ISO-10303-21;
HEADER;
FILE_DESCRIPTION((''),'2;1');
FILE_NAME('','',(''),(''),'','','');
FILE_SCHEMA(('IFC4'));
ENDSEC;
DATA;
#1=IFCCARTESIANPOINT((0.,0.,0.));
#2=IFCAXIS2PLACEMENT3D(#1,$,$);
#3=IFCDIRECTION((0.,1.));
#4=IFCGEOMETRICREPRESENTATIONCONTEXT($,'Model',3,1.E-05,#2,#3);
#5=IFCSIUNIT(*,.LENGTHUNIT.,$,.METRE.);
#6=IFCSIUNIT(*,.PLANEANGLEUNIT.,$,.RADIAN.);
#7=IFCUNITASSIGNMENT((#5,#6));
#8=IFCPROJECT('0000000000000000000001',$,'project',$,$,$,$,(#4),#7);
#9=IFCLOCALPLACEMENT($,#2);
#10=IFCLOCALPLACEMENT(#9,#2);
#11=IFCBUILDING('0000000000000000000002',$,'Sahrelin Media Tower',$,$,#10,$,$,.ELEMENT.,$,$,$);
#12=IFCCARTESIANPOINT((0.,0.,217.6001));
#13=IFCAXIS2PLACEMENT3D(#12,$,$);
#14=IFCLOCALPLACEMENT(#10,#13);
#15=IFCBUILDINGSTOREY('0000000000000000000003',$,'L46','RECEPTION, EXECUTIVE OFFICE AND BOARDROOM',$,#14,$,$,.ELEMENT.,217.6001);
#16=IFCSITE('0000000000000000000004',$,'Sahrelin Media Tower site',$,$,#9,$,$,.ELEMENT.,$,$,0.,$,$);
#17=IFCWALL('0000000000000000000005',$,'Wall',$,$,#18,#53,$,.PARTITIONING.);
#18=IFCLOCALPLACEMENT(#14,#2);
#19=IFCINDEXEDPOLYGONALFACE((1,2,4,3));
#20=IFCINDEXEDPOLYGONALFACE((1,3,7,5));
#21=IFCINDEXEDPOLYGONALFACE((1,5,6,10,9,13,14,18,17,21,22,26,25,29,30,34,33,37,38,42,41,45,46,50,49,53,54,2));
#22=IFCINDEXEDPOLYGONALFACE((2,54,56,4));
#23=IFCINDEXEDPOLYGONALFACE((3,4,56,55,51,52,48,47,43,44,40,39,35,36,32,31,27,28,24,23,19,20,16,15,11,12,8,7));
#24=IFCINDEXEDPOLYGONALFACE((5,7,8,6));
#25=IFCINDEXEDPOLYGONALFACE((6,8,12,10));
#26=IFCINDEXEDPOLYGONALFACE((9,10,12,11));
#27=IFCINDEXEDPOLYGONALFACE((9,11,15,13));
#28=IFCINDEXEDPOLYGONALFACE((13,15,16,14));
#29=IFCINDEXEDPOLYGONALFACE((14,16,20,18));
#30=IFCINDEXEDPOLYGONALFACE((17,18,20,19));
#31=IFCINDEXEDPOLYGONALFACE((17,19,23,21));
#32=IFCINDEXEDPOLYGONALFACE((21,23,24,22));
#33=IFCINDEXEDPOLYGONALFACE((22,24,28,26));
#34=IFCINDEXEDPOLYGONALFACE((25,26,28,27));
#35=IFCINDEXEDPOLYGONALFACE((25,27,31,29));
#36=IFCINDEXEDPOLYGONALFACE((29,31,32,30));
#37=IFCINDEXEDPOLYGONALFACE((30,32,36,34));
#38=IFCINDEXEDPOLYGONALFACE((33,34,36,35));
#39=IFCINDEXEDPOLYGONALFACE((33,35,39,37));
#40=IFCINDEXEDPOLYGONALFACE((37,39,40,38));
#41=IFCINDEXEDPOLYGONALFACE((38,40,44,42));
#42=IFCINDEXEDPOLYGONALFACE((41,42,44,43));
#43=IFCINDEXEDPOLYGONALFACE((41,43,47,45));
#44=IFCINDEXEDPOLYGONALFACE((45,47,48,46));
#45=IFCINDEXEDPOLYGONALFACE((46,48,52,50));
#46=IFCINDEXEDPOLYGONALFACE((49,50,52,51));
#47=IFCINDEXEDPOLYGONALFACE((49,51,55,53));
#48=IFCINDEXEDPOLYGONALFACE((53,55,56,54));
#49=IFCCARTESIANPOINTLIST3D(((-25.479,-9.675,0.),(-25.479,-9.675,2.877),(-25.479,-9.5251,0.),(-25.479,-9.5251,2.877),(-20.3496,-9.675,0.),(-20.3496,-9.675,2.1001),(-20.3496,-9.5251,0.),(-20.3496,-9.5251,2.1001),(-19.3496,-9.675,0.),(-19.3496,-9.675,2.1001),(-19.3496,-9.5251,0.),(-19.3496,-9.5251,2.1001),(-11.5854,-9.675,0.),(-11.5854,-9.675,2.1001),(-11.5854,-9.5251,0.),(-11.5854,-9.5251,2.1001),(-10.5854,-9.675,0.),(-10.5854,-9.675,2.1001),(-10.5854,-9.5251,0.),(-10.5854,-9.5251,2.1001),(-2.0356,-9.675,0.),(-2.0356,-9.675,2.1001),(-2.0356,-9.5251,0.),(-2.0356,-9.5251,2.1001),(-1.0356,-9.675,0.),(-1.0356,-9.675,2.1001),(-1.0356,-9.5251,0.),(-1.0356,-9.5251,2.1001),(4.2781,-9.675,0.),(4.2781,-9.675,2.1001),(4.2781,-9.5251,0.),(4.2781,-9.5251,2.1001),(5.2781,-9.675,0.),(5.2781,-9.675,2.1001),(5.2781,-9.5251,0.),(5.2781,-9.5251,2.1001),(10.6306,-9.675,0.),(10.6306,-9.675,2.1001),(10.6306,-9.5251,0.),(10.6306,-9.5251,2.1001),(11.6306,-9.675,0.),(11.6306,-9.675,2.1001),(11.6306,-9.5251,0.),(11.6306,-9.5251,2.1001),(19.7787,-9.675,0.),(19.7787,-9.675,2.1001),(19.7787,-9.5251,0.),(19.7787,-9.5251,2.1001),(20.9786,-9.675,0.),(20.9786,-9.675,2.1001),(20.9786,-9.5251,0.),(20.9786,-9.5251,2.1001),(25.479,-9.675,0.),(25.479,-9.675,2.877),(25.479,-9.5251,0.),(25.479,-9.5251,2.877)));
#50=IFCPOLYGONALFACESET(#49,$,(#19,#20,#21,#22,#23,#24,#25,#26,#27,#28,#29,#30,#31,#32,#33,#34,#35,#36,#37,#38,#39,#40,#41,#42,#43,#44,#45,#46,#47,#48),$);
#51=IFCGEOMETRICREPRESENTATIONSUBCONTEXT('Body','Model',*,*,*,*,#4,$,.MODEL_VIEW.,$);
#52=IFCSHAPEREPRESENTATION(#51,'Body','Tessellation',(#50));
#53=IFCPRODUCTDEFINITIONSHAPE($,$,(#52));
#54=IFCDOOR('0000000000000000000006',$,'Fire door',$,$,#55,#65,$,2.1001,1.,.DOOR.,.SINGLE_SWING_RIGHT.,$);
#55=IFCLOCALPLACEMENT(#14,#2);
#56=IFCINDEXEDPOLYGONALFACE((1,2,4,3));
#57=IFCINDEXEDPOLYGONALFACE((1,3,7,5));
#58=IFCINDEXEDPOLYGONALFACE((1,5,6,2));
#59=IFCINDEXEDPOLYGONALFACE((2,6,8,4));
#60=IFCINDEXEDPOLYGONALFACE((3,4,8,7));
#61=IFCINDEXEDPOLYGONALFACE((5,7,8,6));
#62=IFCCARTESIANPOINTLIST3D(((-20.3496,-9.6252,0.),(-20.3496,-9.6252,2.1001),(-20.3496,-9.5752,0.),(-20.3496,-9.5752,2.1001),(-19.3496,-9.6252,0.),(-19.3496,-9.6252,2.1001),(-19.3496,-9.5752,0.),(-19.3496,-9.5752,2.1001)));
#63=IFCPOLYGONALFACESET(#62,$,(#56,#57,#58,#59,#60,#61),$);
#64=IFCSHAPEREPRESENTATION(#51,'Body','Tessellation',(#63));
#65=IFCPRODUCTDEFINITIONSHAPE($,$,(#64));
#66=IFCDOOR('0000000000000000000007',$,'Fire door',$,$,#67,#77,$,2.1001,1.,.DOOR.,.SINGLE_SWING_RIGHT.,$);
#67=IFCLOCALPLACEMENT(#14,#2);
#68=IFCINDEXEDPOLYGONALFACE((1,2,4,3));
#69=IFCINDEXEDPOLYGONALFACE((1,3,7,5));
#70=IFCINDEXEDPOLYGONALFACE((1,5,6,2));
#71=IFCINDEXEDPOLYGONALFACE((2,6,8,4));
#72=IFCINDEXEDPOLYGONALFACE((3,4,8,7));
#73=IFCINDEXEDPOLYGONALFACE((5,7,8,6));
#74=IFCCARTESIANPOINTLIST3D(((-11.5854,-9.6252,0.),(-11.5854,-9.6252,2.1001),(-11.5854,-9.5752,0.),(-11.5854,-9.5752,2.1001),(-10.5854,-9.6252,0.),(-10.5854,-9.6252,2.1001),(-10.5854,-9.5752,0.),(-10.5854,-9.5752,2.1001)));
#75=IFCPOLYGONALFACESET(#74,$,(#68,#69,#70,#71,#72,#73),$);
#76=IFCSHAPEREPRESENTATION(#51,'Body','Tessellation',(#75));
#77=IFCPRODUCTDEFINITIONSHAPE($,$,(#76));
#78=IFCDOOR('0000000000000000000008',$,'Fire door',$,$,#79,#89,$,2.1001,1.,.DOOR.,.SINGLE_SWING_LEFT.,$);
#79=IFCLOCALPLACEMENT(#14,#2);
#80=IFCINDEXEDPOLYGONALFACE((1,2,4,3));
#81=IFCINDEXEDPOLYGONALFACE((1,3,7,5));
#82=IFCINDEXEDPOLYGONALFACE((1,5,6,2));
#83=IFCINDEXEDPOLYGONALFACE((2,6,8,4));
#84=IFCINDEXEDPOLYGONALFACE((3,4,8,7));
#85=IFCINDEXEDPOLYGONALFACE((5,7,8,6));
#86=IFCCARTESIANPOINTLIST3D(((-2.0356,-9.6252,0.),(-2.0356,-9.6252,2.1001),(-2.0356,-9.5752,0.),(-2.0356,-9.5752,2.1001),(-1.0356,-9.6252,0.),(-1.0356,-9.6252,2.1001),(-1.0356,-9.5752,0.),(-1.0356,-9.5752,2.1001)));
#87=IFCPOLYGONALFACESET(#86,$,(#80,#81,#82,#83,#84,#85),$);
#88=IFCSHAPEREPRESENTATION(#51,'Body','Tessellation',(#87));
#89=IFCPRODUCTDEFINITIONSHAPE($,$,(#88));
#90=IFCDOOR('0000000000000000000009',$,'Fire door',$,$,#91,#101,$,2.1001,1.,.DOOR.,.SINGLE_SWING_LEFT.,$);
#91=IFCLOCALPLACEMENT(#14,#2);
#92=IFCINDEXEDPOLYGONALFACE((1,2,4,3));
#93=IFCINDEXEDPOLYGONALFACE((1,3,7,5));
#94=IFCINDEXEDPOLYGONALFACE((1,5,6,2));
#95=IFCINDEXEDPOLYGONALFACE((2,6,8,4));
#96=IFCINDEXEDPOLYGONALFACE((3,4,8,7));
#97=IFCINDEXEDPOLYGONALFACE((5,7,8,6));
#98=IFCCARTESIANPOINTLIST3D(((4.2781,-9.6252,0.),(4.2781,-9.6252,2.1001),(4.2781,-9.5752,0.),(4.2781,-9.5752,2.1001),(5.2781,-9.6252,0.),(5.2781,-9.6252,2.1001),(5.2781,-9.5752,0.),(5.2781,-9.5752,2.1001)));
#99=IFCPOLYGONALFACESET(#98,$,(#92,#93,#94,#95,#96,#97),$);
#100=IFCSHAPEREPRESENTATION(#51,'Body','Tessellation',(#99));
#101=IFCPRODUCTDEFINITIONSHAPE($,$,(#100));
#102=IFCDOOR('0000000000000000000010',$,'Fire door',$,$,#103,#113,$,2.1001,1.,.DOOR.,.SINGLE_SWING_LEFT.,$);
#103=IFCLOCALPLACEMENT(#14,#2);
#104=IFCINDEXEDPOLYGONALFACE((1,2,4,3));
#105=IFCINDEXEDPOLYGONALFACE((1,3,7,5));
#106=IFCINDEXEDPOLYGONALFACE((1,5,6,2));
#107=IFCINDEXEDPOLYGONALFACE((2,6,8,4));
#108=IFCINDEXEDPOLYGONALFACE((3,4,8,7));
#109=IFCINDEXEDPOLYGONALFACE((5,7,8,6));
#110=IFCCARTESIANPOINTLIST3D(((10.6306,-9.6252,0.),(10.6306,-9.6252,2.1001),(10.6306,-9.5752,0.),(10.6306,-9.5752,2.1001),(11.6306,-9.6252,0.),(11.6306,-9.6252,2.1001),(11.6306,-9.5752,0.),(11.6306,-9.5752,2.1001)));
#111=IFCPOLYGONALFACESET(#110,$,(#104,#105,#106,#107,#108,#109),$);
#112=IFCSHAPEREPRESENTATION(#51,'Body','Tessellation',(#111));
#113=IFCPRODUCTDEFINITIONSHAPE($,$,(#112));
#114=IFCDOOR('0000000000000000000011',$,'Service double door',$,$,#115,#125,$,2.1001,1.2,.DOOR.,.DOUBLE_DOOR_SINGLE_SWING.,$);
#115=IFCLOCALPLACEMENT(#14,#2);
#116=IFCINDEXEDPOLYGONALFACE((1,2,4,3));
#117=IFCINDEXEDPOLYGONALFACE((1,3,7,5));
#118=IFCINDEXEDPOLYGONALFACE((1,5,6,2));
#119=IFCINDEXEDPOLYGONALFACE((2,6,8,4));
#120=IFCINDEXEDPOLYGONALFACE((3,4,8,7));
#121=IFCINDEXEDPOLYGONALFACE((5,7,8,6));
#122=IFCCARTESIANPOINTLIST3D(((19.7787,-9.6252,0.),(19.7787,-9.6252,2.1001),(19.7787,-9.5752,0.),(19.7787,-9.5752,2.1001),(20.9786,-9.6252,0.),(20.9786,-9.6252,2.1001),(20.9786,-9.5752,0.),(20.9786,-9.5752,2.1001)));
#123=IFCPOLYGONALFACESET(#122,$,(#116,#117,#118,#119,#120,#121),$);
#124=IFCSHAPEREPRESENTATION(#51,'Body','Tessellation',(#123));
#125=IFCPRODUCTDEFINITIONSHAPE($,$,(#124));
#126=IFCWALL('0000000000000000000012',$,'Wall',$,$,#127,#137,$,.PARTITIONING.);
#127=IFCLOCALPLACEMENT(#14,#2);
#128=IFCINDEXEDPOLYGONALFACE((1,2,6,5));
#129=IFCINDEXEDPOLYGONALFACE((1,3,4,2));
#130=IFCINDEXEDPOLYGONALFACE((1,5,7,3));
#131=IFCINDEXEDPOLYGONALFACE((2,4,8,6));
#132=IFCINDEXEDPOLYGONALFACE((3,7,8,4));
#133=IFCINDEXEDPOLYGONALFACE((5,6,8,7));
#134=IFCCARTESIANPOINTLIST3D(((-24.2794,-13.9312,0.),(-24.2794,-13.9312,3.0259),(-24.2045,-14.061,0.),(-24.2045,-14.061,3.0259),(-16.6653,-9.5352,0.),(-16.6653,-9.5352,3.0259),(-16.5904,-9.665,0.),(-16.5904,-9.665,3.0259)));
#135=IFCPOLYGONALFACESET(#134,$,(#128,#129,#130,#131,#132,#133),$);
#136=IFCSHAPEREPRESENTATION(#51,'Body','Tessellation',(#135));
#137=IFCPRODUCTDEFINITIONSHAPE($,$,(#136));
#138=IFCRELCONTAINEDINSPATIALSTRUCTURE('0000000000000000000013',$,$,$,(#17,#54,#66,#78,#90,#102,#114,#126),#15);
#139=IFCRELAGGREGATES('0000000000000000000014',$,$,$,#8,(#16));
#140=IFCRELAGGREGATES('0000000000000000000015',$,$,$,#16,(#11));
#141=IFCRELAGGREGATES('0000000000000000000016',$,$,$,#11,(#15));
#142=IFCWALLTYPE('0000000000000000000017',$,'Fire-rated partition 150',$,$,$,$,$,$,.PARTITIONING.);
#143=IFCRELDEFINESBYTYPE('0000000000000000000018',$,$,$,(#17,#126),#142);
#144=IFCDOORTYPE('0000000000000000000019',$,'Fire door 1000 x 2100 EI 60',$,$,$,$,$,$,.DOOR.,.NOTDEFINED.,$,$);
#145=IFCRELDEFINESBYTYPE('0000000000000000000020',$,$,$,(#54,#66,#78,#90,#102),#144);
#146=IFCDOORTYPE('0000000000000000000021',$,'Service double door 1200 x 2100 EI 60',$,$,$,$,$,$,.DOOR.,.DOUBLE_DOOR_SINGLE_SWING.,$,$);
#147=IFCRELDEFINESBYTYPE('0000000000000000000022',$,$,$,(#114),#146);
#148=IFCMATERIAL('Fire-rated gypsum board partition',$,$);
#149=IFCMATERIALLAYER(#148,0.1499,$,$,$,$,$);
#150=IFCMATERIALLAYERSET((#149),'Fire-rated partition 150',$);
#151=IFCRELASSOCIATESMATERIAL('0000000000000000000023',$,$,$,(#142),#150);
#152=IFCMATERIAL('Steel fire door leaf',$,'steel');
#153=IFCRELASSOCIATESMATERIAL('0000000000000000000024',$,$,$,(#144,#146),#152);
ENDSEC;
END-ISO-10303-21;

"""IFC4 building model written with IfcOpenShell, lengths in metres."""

from ifc_helpers import new_model, si_unit, direction, frame, frame_2d, origin, place, context, subcontext, project, spatial, rectangle, extrude, material, layer, layer_set, type_object, element, fill, save


model = new_model("IFC4")

# Units and contexts
model_context = context("Model", 3, precision=1e-05, world=origin(), true_north=direction((0.0, 1.0)))
body_context = subcontext(model_context, "Body", "Model", "MODEL_VIEW")
ifc_project = project(units=[si_unit("LENGTHUNIT", "METRE"), si_unit("PLANEANGLEUNIT", "RADIAN")], contexts=[model_context])

# Site, building, storey
site_placement = place(None, origin())
site = spatial("IfcSite", under=ifc_project, at=site_placement, Name="Sahrelin Media Tower site", CompositionType="ELEMENT", RefElevation=0.0)
building_placement = place(site_placement, origin())
building = spatial("IfcBuilding", under=site, at=building_placement, Name="Sahrelin Media Tower", CompositionType="ELEMENT")
storey_placement = place(building_placement, frame((0.0, 0.0, 217.6001)))
storey = spatial("IfcBuildingStorey", under=building, at=storey_placement, Name="L46", Description="RECEPTION, EXECUTIVE OFFICE AND BOARDROOM", CompositionType="ELEMENT", Elevation=217.6001)

# Shared definitions
ifc_material_1 = material(Name="Fire-rated gypsum board partition")
ifc_layer_1 = layer(ifc_material_1, 0.1499)
ifc_layer_set_1 = layer_set([ifc_layer_1], Name="Fire-rated partition 150")
wall_type_1 = type_object("IfcWallType", Name="Fire-rated partition 150", PredefinedType="PARTITIONING", material=ifc_layer_set_1)

# Wall, openings, doors
wall_1_placement = place(storey_placement, frame((-25.479, -9.6001, 0.0), z_axis=(0.0, 0.0, 1.0), x_axis=(1.0, 0.0, 0.0)))
wall_1 = element("IfcWall", 1, at=wall_1_placement, inside=storey, type_object=wall_type_1, Name="Wall", PredefinedType="PARTITIONING", context=body_context, shape_type="SweptSolid", body=[
    extrude(rectangle(XDim=50.958, YDim=0.1499, at=frame_2d((25.479, 0.0))), origin(), (0.0, 0.0, 1.0), 2.877),
])
opening_1_placement = place(wall_1_placement, frame((5.1294, 0.0, 0.0)))
opening_1 = element("IfcOpeningElement", 2, at=opening_1_placement, cuts=wall_1, PredefinedType="OPENING", context=body_context, shape_type="SweptSolid", body=[
    extrude(rectangle(XDim=1.0, YDim=2.1001, at=frame_2d((0.5, 1.05))), frame((0.0, 0.075, 0.0), z_axis=(0.0, -1.0, 0.0), x_axis=(1.0, 0.0, 0.0)), (0.0, 0.0, 1.0), 0.1499),
])
opening_2_placement = place(wall_1_placement, frame((13.8936, 0.0, 0.0)))
opening_2 = element("IfcOpeningElement", 3, at=opening_2_placement, cuts=wall_1, PredefinedType="OPENING", context=body_context, shape_type="SweptSolid", body=[
    extrude(rectangle(XDim=1.0, YDim=2.1001, at=frame_2d((0.5, 1.05))), frame((0.0, 0.075, 0.0), z_axis=(0.0, -1.0, 0.0), x_axis=(1.0, 0.0, 0.0)), (0.0, 0.0, 1.0), 0.1499),
])
opening_3_placement = place(wall_1_placement, frame((23.4434, 0.0, 0.0)))
opening_3 = element("IfcOpeningElement", 4, at=opening_3_placement, cuts=wall_1, PredefinedType="OPENING", context=body_context, shape_type="SweptSolid", body=[
    extrude(rectangle(XDim=1.0, YDim=2.1001, at=frame_2d((0.5, 1.05))), frame((0.0, 0.075, 0.0), z_axis=(0.0, -1.0, 0.0), x_axis=(1.0, 0.0, 0.0)), (0.0, 0.0, 1.0), 0.1499),
])
opening_4_placement = place(wall_1_placement, frame((29.7571, 0.0, 0.0)))
opening_4 = element("IfcOpeningElement", 5, at=opening_4_placement, cuts=wall_1, PredefinedType="OPENING", context=body_context, shape_type="SweptSolid", body=[
    extrude(rectangle(XDim=1.0, YDim=2.1001, at=frame_2d((0.5, 1.05))), frame((0.0, 0.075, 0.0), z_axis=(0.0, -1.0, 0.0), x_axis=(1.0, 0.0, 0.0)), (0.0, 0.0, 1.0), 0.1499),
])
opening_5_placement = place(wall_1_placement, frame((36.1096, 0.0, 0.0)))
opening_5 = element("IfcOpeningElement", 6, at=opening_5_placement, cuts=wall_1, PredefinedType="OPENING", context=body_context, shape_type="SweptSolid", body=[
    extrude(rectangle(XDim=1.0, YDim=2.1001, at=frame_2d((0.5, 1.05))), frame((0.0, 0.075, 0.0), z_axis=(0.0, -1.0, 0.0), x_axis=(1.0, 0.0, 0.0)), (0.0, 0.0, 1.0), 0.1499),
])
opening_6_placement = place(wall_1_placement, frame((45.2576, 0.0, 0.0)))
opening_6 = element("IfcOpeningElement", 7, at=opening_6_placement, cuts=wall_1, PredefinedType="OPENING", context=body_context, shape_type="SweptSolid", body=[
    extrude(rectangle(XDim=1.2, YDim=2.1001, at=frame_2d((0.6001, 1.05))), frame((0.0, 0.075, 0.0), z_axis=(0.0, -1.0, 0.0), x_axis=(1.0, 0.0, 0.0)), (0.0, 0.0, 1.0), 0.1499),
])
ifc_material_2 = material(Name="Steel fire door leaf", Category="steel")
door_type_1 = type_object("IfcDoorType", Name="Fire door 1000 x 2100 EI 60", OperationType="NOTDEFINED", PredefinedType="DOOR", material=ifc_material_2)
door_1_placement = place(opening_1_placement, origin())
door_1 = element("IfcDoor", 8, at=door_1_placement, inside=storey, type_object=door_type_1, Name="Fire door", OperationType="SINGLE_SWING_RIGHT", OverallHeight=2.1001, OverallWidth=1.0, PredefinedType="DOOR", context=body_context, shape_type="SweptSolid", body=[
    extrude(rectangle(XDim=1.0, YDim=2.1001, at=frame_2d((0.5, 1.05))), frame((0.0, 0.0249, 0.0), z_axis=(0.0, -1.0, 0.0), x_axis=(1.0, 0.0, 0.0)), (0.0, 0.0, 1.0), 0.05),
])
fill(opening_1, door_1)
door_2_placement = place(opening_2_placement, origin())
door_2 = element("IfcDoor", 9, at=door_2_placement, inside=storey, type_object=door_type_1, Name="Fire door", OperationType="SINGLE_SWING_RIGHT", OverallHeight=2.1001, OverallWidth=1.0, PredefinedType="DOOR", context=body_context, shape_type="SweptSolid", body=[
    extrude(rectangle(XDim=1.0, YDim=2.1001, at=frame_2d((0.5, 1.05))), frame((0.0, 0.0249, 0.0), z_axis=(0.0, -1.0, 0.0), x_axis=(1.0, 0.0, 0.0)), (0.0, 0.0, 1.0), 0.05),
])
fill(opening_2, door_2)
door_3_placement = place(opening_3_placement, origin())
door_3 = element("IfcDoor", 10, at=door_3_placement, inside=storey, type_object=door_type_1, Name="Fire door", OperationType="SINGLE_SWING_LEFT", OverallHeight=2.1001, OverallWidth=1.0, PredefinedType="DOOR", context=body_context, shape_type="SweptSolid", body=[
    extrude(rectangle(XDim=1.0, YDim=2.1001, at=frame_2d((0.5, 1.05))), frame((0.0, 0.0249, 0.0), z_axis=(0.0, -1.0, 0.0), x_axis=(1.0, 0.0, 0.0)), (0.0, 0.0, 1.0), 0.05),
])
fill(opening_3, door_3)
door_4_placement = place(opening_4_placement, origin())
door_4 = element("IfcDoor", 11, at=door_4_placement, inside=storey, type_object=door_type_1, Name="Fire door", OperationType="SINGLE_SWING_LEFT", OverallHeight=2.1001, OverallWidth=1.0, PredefinedType="DOOR", context=body_context, shape_type="SweptSolid", body=[
    extrude(rectangle(XDim=1.0, YDim=2.1001, at=frame_2d((0.5, 1.05))), frame((0.0, 0.0249, 0.0), z_axis=(0.0, -1.0, 0.0), x_axis=(1.0, 0.0, 0.0)), (0.0, 0.0, 1.0), 0.05),
])
fill(opening_4, door_4)
door_5_placement = place(opening_5_placement, origin())
door_5 = element("IfcDoor", 12, at=door_5_placement, inside=storey, type_object=door_type_1, Name="Fire door", OperationType="SINGLE_SWING_LEFT", OverallHeight=2.1001, OverallWidth=1.0, PredefinedType="DOOR", context=body_context, shape_type="SweptSolid", body=[
    extrude(rectangle(XDim=1.0, YDim=2.1001, at=frame_2d((0.5, 1.05))), frame((0.0, 0.0249, 0.0), z_axis=(0.0, -1.0, 0.0), x_axis=(1.0, 0.0, 0.0)), (0.0, 0.0, 1.0), 0.05),
])
fill(opening_5, door_5)
door_type_2 = type_object("IfcDoorType", Name="Service double door 1200 x 2100 EI 60", OperationType="DOUBLE_DOOR_SINGLE_SWING", PredefinedType="DOOR", material=ifc_material_2)
door_6_placement = place(opening_6_placement, origin())
door_6 = element("IfcDoor", 13, at=door_6_placement, inside=storey, type_object=door_type_2, Name="Service double door", OperationType="DOUBLE_DOOR_SINGLE_SWING", OverallHeight=2.1001, OverallWidth=1.2, PredefinedType="DOOR", context=body_context, shape_type="SweptSolid", body=[
    extrude(rectangle(XDim=1.2, YDim=2.1001, at=frame_2d((0.6001, 1.05))), frame((0.0, 0.0249, 0.0), z_axis=(0.0, -1.0, 0.0), x_axis=(1.0, 0.0, 0.0)), (0.0, 0.0, 1.0), 0.05),
])
fill(opening_6, door_6)

# Wall
wall_2_placement = place(storey_placement, frame((-24.2419, -13.9961, 0.0), z_axis=(0.0, 0.0, 1.0), x_axis=(0.866023, 0.500004, 0.0)))
element("IfcWall", 14, at=wall_2_placement, inside=storey, type_object=wall_type_1, Name="Wall", PredefinedType="PARTITIONING", context=body_context, shape_type="SweptSolid", body=[
    extrude(rectangle(XDim=8.792, YDim=0.1499, at=frame_2d((4.396, 0.0))), origin(), (0.0, 0.0, 1.0), 3.0259),
])

save(model, "model.ifc")
